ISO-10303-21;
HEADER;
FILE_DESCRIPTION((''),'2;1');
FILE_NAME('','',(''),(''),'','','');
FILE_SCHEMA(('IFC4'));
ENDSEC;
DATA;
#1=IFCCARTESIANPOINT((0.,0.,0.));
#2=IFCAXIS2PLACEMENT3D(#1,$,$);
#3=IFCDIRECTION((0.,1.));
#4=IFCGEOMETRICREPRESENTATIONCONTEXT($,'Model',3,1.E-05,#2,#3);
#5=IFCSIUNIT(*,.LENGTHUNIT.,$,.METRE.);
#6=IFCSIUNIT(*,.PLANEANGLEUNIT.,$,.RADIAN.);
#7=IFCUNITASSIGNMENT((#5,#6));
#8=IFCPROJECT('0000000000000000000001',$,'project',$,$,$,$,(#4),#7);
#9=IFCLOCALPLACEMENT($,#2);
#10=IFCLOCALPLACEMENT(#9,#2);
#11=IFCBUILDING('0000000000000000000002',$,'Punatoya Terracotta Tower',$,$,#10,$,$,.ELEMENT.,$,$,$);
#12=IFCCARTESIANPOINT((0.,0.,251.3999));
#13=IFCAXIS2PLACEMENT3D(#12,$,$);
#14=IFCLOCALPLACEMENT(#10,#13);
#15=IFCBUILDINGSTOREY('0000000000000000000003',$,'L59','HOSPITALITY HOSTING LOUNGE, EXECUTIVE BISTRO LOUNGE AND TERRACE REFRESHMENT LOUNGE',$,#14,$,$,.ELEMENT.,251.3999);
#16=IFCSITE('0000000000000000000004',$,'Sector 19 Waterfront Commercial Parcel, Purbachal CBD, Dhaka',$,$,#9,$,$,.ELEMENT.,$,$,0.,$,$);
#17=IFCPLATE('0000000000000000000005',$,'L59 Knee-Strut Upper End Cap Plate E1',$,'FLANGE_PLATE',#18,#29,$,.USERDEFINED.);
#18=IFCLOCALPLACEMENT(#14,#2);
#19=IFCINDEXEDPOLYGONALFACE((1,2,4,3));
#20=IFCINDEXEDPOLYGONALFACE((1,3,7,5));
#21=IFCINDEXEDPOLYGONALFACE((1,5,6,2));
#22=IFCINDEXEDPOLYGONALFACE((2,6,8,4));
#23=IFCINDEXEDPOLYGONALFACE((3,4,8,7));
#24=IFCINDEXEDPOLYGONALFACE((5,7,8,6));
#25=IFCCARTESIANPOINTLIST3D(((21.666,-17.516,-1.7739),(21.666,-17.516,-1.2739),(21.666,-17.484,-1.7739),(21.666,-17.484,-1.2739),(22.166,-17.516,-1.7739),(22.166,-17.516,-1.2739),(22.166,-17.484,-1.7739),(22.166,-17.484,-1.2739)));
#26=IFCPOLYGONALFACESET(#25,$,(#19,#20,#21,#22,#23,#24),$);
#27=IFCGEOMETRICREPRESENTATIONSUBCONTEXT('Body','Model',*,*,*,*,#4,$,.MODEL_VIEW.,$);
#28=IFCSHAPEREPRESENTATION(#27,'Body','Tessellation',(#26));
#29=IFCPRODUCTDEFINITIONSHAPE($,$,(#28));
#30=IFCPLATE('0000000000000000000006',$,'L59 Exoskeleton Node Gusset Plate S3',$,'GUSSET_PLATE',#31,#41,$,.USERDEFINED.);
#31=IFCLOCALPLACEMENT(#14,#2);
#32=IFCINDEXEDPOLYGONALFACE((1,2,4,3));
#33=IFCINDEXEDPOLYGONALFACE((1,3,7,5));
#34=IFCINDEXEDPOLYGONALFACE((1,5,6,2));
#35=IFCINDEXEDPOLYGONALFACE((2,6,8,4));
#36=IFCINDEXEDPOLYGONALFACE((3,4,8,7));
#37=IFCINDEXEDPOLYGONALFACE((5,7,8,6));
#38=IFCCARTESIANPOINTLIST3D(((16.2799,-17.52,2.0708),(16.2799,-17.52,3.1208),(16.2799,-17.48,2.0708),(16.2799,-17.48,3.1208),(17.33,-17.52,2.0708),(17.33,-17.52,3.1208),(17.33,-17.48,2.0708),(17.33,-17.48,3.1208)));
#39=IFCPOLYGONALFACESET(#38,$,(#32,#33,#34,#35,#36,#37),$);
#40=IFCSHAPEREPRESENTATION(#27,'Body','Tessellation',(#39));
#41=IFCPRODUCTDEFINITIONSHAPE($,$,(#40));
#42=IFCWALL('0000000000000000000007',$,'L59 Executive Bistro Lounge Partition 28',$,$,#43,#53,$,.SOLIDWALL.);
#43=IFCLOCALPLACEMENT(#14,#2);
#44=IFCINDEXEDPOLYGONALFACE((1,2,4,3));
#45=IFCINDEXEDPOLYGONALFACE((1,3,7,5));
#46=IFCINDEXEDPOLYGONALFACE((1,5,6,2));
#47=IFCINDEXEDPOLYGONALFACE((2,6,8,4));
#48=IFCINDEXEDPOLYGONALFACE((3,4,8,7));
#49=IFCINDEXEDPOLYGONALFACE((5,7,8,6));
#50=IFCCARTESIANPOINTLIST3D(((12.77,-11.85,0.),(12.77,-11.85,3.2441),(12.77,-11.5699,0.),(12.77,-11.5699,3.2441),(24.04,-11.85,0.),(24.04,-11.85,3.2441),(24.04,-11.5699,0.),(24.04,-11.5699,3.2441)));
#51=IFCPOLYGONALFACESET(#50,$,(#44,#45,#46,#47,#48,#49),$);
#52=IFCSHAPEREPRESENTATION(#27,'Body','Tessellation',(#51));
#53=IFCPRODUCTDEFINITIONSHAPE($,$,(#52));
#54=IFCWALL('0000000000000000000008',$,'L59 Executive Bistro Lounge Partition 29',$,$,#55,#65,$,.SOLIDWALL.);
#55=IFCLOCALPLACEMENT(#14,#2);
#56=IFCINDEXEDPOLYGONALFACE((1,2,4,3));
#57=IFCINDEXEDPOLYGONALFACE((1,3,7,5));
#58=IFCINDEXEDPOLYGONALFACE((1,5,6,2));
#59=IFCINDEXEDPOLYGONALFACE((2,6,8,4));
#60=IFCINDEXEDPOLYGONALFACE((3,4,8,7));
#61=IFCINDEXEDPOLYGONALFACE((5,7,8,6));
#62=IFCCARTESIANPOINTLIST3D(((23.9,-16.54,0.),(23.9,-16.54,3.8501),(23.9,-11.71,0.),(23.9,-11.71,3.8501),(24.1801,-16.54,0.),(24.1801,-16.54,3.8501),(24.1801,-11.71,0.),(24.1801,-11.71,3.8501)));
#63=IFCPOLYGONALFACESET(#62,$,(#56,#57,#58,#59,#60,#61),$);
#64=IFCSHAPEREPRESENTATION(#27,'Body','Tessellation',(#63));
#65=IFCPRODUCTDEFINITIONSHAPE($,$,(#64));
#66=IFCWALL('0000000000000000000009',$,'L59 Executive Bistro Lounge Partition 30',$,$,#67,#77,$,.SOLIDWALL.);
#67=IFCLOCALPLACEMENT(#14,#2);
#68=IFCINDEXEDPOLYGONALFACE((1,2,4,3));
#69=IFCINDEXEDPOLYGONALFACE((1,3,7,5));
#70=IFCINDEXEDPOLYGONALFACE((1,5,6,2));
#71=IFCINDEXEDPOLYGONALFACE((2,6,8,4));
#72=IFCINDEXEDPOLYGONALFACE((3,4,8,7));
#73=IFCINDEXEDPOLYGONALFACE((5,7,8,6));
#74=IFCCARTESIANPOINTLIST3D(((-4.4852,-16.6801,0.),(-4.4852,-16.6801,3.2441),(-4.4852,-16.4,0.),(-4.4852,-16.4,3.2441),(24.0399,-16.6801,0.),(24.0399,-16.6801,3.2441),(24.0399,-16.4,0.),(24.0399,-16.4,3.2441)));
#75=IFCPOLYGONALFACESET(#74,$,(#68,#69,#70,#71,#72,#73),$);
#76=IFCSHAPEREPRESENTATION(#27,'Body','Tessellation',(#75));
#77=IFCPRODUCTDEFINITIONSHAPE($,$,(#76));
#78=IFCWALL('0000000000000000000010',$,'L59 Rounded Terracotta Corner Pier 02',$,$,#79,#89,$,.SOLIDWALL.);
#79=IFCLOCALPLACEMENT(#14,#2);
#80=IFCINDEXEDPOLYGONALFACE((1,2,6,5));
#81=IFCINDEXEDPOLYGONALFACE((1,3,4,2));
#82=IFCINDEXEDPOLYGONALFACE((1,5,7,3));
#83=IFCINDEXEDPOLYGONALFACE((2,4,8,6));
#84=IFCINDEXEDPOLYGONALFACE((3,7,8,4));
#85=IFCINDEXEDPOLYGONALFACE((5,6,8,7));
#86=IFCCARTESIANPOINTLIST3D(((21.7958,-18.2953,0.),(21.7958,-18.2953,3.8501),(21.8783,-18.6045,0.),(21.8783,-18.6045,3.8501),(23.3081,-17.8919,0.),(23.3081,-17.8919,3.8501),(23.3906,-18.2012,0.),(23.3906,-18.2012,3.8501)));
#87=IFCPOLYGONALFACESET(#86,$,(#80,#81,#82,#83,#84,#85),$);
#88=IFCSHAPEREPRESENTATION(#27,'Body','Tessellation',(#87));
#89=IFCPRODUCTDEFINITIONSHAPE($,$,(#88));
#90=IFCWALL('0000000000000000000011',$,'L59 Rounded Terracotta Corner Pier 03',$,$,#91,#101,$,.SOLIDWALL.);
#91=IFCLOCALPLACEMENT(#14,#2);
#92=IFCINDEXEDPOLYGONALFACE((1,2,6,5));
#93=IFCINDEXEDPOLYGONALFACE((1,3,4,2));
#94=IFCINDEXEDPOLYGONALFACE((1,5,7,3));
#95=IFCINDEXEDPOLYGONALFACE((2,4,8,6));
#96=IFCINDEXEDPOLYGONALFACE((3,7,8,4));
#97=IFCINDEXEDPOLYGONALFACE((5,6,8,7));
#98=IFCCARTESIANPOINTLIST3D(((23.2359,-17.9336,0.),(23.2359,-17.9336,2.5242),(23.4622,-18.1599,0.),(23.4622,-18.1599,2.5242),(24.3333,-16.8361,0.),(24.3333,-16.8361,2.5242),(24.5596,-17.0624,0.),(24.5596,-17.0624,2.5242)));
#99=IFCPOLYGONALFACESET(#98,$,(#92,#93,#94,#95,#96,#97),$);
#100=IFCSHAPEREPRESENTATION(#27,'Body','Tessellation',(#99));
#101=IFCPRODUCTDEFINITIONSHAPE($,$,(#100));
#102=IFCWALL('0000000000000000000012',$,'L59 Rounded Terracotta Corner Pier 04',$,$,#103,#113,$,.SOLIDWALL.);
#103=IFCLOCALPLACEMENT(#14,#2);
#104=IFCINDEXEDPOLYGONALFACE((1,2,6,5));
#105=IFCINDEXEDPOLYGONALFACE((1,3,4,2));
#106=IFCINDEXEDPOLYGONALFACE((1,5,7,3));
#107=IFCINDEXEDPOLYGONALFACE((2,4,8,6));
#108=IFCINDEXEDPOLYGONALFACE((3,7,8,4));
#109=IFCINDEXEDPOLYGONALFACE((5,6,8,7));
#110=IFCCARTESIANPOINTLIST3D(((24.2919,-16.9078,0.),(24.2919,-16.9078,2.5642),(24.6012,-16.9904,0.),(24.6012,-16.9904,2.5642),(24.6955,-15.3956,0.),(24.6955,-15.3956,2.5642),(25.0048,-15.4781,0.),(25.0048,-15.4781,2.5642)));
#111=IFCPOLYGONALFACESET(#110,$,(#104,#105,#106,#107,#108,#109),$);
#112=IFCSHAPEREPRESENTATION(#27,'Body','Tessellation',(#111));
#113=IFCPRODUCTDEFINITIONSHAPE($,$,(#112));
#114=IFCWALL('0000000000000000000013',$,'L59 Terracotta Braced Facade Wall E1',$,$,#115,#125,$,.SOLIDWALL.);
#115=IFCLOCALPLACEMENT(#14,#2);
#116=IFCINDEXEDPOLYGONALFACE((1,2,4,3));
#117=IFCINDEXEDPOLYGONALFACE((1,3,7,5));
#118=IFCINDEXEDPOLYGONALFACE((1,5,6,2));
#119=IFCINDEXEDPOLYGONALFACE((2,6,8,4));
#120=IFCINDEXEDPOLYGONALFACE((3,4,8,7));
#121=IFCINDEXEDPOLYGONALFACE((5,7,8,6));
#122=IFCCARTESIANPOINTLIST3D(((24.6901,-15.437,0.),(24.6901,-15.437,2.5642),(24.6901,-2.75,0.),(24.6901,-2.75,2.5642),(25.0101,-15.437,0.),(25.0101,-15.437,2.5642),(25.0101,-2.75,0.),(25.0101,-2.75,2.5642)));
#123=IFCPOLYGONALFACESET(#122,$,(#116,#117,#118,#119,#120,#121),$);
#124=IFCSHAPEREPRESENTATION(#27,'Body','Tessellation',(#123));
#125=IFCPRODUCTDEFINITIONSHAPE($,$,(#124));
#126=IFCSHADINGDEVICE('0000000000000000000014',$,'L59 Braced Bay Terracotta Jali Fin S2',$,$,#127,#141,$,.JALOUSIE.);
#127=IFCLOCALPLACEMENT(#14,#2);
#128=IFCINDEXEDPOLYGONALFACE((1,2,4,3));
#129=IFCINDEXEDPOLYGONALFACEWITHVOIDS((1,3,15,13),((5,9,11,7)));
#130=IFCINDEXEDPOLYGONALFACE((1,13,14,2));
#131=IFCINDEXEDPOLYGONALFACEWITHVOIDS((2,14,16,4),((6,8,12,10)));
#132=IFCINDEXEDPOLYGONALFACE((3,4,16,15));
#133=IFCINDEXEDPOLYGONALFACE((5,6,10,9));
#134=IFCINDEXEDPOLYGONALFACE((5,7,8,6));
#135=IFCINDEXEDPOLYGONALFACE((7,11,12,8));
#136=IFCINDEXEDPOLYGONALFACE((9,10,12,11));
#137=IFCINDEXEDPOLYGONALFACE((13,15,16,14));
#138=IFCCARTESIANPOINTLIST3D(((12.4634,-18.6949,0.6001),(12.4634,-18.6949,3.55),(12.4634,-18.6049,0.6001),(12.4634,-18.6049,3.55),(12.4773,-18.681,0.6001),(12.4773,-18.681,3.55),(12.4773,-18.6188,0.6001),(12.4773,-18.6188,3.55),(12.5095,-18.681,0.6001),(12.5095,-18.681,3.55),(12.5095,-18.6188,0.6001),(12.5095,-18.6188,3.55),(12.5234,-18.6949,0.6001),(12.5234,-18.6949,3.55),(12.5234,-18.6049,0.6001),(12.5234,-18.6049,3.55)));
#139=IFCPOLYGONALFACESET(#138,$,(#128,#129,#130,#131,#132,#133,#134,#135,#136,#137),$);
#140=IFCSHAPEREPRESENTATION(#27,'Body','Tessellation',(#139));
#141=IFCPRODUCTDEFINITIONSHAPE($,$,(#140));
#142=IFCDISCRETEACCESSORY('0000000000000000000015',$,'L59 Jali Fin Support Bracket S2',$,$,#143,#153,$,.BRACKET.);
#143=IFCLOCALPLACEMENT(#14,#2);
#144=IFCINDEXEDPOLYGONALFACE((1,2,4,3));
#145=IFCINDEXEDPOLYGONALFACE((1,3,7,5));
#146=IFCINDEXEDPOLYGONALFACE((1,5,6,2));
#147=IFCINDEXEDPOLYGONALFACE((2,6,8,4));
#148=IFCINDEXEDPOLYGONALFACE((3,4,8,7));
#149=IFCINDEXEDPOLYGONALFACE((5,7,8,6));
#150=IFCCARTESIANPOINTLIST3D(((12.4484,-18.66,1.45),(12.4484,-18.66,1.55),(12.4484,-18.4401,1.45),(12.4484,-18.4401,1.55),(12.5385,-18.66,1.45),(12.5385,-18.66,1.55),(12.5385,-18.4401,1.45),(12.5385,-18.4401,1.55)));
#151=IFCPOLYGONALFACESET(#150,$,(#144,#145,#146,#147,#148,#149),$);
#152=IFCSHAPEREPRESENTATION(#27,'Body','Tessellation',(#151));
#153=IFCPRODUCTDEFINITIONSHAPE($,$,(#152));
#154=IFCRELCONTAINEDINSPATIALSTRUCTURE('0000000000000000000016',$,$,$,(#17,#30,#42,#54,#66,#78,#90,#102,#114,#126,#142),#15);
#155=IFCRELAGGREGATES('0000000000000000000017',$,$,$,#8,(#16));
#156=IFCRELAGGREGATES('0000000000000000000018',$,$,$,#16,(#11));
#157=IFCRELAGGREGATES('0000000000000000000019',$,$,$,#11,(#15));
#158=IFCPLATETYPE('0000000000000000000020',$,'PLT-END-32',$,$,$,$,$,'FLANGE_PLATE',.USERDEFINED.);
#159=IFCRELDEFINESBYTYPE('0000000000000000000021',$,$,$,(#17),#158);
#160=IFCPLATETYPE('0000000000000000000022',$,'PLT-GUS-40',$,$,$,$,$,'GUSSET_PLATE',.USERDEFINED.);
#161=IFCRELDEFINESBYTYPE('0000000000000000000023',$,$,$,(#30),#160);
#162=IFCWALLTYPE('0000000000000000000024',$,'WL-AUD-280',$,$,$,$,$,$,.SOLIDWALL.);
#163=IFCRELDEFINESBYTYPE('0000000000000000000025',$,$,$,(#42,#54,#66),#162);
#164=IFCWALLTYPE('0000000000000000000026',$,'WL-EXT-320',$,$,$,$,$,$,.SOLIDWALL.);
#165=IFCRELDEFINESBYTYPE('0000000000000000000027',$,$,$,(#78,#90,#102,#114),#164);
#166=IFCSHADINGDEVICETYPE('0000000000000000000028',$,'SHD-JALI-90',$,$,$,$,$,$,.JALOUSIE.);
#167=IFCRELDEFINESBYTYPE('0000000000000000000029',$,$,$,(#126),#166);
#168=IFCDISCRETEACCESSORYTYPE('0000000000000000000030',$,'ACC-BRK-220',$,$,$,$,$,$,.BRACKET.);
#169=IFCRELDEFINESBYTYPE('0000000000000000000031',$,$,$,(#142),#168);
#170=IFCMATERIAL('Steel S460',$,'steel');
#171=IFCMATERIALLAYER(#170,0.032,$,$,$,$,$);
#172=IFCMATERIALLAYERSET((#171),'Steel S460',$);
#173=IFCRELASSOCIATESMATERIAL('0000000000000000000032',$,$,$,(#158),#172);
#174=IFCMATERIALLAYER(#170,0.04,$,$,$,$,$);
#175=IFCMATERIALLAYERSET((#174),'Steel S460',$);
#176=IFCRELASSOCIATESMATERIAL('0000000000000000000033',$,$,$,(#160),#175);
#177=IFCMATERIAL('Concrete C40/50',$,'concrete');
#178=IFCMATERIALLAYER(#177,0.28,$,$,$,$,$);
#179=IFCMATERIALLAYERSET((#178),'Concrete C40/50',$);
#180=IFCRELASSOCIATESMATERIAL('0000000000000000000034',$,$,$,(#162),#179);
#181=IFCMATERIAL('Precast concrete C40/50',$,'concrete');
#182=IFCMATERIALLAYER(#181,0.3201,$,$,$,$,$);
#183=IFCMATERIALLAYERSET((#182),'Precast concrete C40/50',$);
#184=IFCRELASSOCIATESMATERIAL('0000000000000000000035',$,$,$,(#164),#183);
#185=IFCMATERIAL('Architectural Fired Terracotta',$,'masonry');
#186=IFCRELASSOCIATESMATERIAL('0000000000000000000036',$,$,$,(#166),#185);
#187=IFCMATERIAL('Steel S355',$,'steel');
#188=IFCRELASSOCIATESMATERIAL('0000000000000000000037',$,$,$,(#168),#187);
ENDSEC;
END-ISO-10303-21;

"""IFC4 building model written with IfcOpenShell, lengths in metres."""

from ifc_helpers import new_model, si_unit, direction, frame, frame_2d, origin, origin_2d, place, context, subcontext, project, spatial, rectangle, hollow_rectangle, extrude, material, layer, layer_set, material_profile, profile_set, type_object, element, save


model = new_model("IFC4")

# Units and contexts
model_context = context("Model", 3, precision=1e-05, world=origin(), true_north=direction((0.0, 1.0)))
body_context = subcontext(model_context, "Body", "Model", "MODEL_VIEW")
ifc_project = project(units=[si_unit("LENGTHUNIT", "METRE"), si_unit("PLANEANGLEUNIT", "RADIAN")], contexts=[model_context])

# Site, building, storey
site_placement = place(None, origin())
site = spatial("IfcSite", under=ifc_project, at=site_placement, Name="Sector 19 Waterfront Commercial Parcel, Purbachal CBD, Dhaka", CompositionType="ELEMENT", RefElevation=0.0)
building_placement = place(site_placement, origin())
building = spatial("IfcBuilding", under=site, at=building_placement, Name="Punatoya Terracotta Tower", CompositionType="ELEMENT")
storey_placement = place(building_placement, frame((0.0, 0.0, 251.3999)))
storey = spatial("IfcBuildingStorey", under=building, at=storey_placement, Name="L59", Description="HOSPITALITY HOSTING LOUNGE, EXECUTIVE BISTRO LOUNGE AND TERRACE REFRESHMENT LOUNGE", CompositionType="ELEMENT", Elevation=251.3999)

# Shared definitions
ifc_material_1 = material(Name="Steel S460", Category="steel")

# Shared definitions
ifc_material_2 = material(Name="Steel S355", Category="steel")

# Plates
ifc_layer_1 = layer(ifc_material_1, 0.032)
ifc_layer_set_1 = layer_set([ifc_layer_1], Name="Steel S460")
plate_type_1 = type_object("IfcPlateType", Name="PLT-END-32", ElementType="FLANGE_PLATE", PredefinedType="USERDEFINED", material=ifc_layer_set_1)
plate_1_placement = place(storey_placement, frame((21.916, -17.5, -1.7739), z_axis=(0.0, 0.0, 1.0), x_axis=(1.0, 0.0, 0.0)))
element("IfcPlate", 1, at=plate_1_placement, inside=storey, type_object=plate_type_1, Name="L59 Knee-Strut Upper End Cap Plate E1", ObjectType="FLANGE_PLATE", PredefinedType="USERDEFINED", context=body_context, shape_type="SweptSolid", body=[
    extrude(rectangle(XDim=0.5, YDim=0.032, at=origin_2d()), origin(), (0.0, 0.0, 1.0), 0.5),
])
ifc_layer_2 = layer(ifc_material_1, 0.04)
ifc_layer_set_2 = layer_set([ifc_layer_2], Name="Steel S460")
plate_type_2 = type_object("IfcPlateType", Name="PLT-GUS-40", ElementType="GUSSET_PLATE", PredefinedType="USERDEFINED", material=ifc_layer_set_2)
plate_2_placement = place(storey_placement, frame((16.8049, -17.5, 2.0708), z_axis=(0.0, 0.0, 1.0), x_axis=(1.0, 0.0, 0.0)))
element("IfcPlate", 2, at=plate_2_placement, inside=storey, type_object=plate_type_2, Name="L59 Exoskeleton Node Gusset Plate S3", ObjectType="GUSSET_PLATE", PredefinedType="USERDEFINED", context=body_context, shape_type="SweptSolid", body=[
    extrude(rectangle(XDim=1.05, YDim=0.04, at=origin_2d()), origin(), (0.0, 0.0, 1.0), 1.05),
])

# Walls
ifc_material_3 = material(Name="Concrete C40/50", Category="concrete")
ifc_layer_3 = layer(ifc_material_3, 0.28)
ifc_layer_set_3 = layer_set([ifc_layer_3], Name="Concrete C40/50")
wall_type_1 = type_object("IfcWallType", Name="WL-AUD-280", PredefinedType="SOLIDWALL", material=ifc_layer_set_3)
wall_1_placement = place(storey_placement, frame((12.77, -11.71, 0.0), z_axis=(0.0, 0.0, 1.0), x_axis=(1.0, 0.0, 0.0)))
element("IfcWall", 3, at=wall_1_placement, inside=storey, type_object=wall_type_1, Name="L59 Executive Bistro Lounge Partition 28", PredefinedType="SOLIDWALL", context=body_context, shape_type="SweptSolid", body=[
    extrude(rectangle(XDim=11.27, YDim=0.28, at=frame_2d((5.635, 0.0))), origin(), (0.0, 0.0, 1.0), 3.2441),
])
wall_2_placement = place(storey_placement, frame((24.04, -11.71, 0.0), z_axis=(0.0, 0.0, 1.0), x_axis=(0.0, -1.0, 0.0)))
element("IfcWall", 4, at=wall_2_placement, inside=storey, type_object=wall_type_1, Name="L59 Executive Bistro Lounge Partition 29", PredefinedType="SOLIDWALL", context=body_context, shape_type="SweptSolid", body=[
    extrude(rectangle(XDim=4.8301, YDim=0.28, at=frame_2d((2.415, 0.0))), origin(), (0.0, 0.0, 1.0), 3.8501),
])
wall_3_placement = place(storey_placement, frame((24.04, -16.54, 0.0), z_axis=(0.0, 0.0, 1.0), x_axis=(-1.0, 0.0, 0.0)))
element("IfcWall", 5, at=wall_3_placement, inside=storey, type_object=wall_type_1, Name="L59 Executive Bistro Lounge Partition 30", PredefinedType="SOLIDWALL", context=body_context, shape_type="SweptSolid", body=[
    extrude(rectangle(XDim=28.5251, YDim=0.28, at=frame_2d((14.2627, 0.0))), origin(), (0.0, 0.0, 1.0), 3.2441),
])
ifc_material_4 = material(Name="Precast concrete C40/50", Category="concrete")
ifc_layer_4 = layer(ifc_material_4, 0.3201)
ifc_layer_set_4 = layer_set([ifc_layer_4], Name="Precast concrete C40/50")
wall_type_2 = type_object("IfcWallType", Name="WL-EXT-320", PredefinedType="SOLIDWALL", material=ifc_layer_set_4)
wall_4_placement = place(storey_placement, frame((21.8369, -18.45, 0.0), z_axis=(0.0, 0.0, 1.0), x_axis=(0.966225, 0.257701, 0.0)))
element("IfcWall", 6, at=wall_4_placement, inside=storey, type_object=wall_type_2, Name="L59 Rounded Terracotta Corner Pier 02", PredefinedType="SOLIDWALL", context=body_context, shape_type="SweptSolid", body=[
    extrude(rectangle(XDim=1.5652, YDim=0.3201, at=frame_2d((0.7827, 0.0))), origin(), (0.0, 0.0, 1.0), 3.8501),
])
wall_5_placement = place(storey_placement, frame((23.3491, -18.0466, 0.0), z_axis=(0.0, 0.0, 1.0), x_axis=(0.707107, 0.707107, 0.0)))
element("IfcWall", 7, at=wall_5_placement, inside=storey, type_object=wall_type_2, Name="L59 Rounded Terracotta Corner Pier 03", PredefinedType="SOLIDWALL", context=body_context, shape_type="SweptSolid", body=[
    extrude(rectangle(XDim=1.552, YDim=0.3201, at=frame_2d((0.7759, 0.0))), origin(), (0.0, 0.0, 1.0), 2.5242),
])
wall_6_placement = place(storey_placement, frame((24.4465, -16.9492, 0.0), z_axis=(0.0, 0.0, 1.0), x_axis=(0.257847, 0.966186, 0.0)))
element("IfcWall", 8, at=wall_6_placement, inside=storey, type_object=wall_type_2, Name="L59 Rounded Terracotta Corner Pier 04", PredefinedType="SOLIDWALL", context=body_context, shape_type="SweptSolid", body=[
    extrude(rectangle(XDim=1.5652, YDim=0.3201, at=frame_2d((0.7827, 0.0))), origin(), (0.0, 0.0, 1.0), 2.5642),
])
wall_7_placement = place(storey_placement, frame((24.8501, -15.437, 0.0), z_axis=(0.0, 0.0, 1.0), x_axis=(0.0, 1.0, 0.0)))
element("IfcWall", 9, at=wall_7_placement, inside=storey, type_object=wall_type_2, Name="L59 Terracotta Braced Facade Wall E1", PredefinedType="SOLIDWALL", context=body_context, shape_type="SweptSolid", body=[
    extrude(rectangle(XDim=12.687, YDim=0.3201, at=frame_2d((6.3435, 0.0))), origin(), (0.0, 0.0, 1.0), 2.5642),
])

# Shading device
ifc_material_5 = material(Name="Architectural Fired Terracotta", Category="masonry")
ifc_material_profile_1 = material_profile(ifc_material_5, hollow_rectangle(XDim=0.0601, YDim=0.0901, WallThickness=0.0139, at=origin_2d()))
ifc_profile_set_1 = profile_set([ifc_material_profile_1], Name="Architectural Fired Terracotta")
shading_device_type = type_object("IfcShadingDeviceType", Name="SHD-JALI-90", PredefinedType="JALOUSIE", material=ifc_profile_set_1)
shading_device_placement = place(storey_placement, frame((12.4934, -18.6499, 0.6001), z_axis=(0.0, 0.0, 1.0), x_axis=(1.0, 0.0, 0.0)))
element("IfcShadingDevice", 10, at=shading_device_placement, inside=storey, type_object=shading_device_type, Name="L59 Braced Bay Terracotta Jali Fin S2", PredefinedType="JALOUSIE", context=body_context, shape_type="SweptSolid", body=[
    extrude(hollow_rectangle(XDim=0.0601, YDim=0.0901, WallThickness=0.0139, at=origin_2d()), origin(), (0.0, 0.0, 1.0), 2.95),
])

# Discrete accessory
discrete_accessory_type = type_object("IfcDiscreteAccessoryType", Name="ACC-BRK-220", PredefinedType="BRACKET", material=ifc_material_2)
discrete_accessory_placement = place(storey_placement, frame((12.4934, -18.55, 1.45), z_axis=(0.0, 0.0, 1.0), x_axis=(1.0, 0.0, 0.0)))
element("IfcDiscreteAccessory", 11, at=discrete_accessory_placement, inside=storey, type_object=discrete_accessory_type, Name="L59 Jali Fin Support Bracket S2", PredefinedType="BRACKET", context=body_context, shape_type="SweptSolid", body=[
    extrude(rectangle(XDim=0.0901, YDim=0.22, at=origin_2d()), origin(), (0.0, 0.0, 1.0), 0.1001),
])

save(model, "model.ifc")
